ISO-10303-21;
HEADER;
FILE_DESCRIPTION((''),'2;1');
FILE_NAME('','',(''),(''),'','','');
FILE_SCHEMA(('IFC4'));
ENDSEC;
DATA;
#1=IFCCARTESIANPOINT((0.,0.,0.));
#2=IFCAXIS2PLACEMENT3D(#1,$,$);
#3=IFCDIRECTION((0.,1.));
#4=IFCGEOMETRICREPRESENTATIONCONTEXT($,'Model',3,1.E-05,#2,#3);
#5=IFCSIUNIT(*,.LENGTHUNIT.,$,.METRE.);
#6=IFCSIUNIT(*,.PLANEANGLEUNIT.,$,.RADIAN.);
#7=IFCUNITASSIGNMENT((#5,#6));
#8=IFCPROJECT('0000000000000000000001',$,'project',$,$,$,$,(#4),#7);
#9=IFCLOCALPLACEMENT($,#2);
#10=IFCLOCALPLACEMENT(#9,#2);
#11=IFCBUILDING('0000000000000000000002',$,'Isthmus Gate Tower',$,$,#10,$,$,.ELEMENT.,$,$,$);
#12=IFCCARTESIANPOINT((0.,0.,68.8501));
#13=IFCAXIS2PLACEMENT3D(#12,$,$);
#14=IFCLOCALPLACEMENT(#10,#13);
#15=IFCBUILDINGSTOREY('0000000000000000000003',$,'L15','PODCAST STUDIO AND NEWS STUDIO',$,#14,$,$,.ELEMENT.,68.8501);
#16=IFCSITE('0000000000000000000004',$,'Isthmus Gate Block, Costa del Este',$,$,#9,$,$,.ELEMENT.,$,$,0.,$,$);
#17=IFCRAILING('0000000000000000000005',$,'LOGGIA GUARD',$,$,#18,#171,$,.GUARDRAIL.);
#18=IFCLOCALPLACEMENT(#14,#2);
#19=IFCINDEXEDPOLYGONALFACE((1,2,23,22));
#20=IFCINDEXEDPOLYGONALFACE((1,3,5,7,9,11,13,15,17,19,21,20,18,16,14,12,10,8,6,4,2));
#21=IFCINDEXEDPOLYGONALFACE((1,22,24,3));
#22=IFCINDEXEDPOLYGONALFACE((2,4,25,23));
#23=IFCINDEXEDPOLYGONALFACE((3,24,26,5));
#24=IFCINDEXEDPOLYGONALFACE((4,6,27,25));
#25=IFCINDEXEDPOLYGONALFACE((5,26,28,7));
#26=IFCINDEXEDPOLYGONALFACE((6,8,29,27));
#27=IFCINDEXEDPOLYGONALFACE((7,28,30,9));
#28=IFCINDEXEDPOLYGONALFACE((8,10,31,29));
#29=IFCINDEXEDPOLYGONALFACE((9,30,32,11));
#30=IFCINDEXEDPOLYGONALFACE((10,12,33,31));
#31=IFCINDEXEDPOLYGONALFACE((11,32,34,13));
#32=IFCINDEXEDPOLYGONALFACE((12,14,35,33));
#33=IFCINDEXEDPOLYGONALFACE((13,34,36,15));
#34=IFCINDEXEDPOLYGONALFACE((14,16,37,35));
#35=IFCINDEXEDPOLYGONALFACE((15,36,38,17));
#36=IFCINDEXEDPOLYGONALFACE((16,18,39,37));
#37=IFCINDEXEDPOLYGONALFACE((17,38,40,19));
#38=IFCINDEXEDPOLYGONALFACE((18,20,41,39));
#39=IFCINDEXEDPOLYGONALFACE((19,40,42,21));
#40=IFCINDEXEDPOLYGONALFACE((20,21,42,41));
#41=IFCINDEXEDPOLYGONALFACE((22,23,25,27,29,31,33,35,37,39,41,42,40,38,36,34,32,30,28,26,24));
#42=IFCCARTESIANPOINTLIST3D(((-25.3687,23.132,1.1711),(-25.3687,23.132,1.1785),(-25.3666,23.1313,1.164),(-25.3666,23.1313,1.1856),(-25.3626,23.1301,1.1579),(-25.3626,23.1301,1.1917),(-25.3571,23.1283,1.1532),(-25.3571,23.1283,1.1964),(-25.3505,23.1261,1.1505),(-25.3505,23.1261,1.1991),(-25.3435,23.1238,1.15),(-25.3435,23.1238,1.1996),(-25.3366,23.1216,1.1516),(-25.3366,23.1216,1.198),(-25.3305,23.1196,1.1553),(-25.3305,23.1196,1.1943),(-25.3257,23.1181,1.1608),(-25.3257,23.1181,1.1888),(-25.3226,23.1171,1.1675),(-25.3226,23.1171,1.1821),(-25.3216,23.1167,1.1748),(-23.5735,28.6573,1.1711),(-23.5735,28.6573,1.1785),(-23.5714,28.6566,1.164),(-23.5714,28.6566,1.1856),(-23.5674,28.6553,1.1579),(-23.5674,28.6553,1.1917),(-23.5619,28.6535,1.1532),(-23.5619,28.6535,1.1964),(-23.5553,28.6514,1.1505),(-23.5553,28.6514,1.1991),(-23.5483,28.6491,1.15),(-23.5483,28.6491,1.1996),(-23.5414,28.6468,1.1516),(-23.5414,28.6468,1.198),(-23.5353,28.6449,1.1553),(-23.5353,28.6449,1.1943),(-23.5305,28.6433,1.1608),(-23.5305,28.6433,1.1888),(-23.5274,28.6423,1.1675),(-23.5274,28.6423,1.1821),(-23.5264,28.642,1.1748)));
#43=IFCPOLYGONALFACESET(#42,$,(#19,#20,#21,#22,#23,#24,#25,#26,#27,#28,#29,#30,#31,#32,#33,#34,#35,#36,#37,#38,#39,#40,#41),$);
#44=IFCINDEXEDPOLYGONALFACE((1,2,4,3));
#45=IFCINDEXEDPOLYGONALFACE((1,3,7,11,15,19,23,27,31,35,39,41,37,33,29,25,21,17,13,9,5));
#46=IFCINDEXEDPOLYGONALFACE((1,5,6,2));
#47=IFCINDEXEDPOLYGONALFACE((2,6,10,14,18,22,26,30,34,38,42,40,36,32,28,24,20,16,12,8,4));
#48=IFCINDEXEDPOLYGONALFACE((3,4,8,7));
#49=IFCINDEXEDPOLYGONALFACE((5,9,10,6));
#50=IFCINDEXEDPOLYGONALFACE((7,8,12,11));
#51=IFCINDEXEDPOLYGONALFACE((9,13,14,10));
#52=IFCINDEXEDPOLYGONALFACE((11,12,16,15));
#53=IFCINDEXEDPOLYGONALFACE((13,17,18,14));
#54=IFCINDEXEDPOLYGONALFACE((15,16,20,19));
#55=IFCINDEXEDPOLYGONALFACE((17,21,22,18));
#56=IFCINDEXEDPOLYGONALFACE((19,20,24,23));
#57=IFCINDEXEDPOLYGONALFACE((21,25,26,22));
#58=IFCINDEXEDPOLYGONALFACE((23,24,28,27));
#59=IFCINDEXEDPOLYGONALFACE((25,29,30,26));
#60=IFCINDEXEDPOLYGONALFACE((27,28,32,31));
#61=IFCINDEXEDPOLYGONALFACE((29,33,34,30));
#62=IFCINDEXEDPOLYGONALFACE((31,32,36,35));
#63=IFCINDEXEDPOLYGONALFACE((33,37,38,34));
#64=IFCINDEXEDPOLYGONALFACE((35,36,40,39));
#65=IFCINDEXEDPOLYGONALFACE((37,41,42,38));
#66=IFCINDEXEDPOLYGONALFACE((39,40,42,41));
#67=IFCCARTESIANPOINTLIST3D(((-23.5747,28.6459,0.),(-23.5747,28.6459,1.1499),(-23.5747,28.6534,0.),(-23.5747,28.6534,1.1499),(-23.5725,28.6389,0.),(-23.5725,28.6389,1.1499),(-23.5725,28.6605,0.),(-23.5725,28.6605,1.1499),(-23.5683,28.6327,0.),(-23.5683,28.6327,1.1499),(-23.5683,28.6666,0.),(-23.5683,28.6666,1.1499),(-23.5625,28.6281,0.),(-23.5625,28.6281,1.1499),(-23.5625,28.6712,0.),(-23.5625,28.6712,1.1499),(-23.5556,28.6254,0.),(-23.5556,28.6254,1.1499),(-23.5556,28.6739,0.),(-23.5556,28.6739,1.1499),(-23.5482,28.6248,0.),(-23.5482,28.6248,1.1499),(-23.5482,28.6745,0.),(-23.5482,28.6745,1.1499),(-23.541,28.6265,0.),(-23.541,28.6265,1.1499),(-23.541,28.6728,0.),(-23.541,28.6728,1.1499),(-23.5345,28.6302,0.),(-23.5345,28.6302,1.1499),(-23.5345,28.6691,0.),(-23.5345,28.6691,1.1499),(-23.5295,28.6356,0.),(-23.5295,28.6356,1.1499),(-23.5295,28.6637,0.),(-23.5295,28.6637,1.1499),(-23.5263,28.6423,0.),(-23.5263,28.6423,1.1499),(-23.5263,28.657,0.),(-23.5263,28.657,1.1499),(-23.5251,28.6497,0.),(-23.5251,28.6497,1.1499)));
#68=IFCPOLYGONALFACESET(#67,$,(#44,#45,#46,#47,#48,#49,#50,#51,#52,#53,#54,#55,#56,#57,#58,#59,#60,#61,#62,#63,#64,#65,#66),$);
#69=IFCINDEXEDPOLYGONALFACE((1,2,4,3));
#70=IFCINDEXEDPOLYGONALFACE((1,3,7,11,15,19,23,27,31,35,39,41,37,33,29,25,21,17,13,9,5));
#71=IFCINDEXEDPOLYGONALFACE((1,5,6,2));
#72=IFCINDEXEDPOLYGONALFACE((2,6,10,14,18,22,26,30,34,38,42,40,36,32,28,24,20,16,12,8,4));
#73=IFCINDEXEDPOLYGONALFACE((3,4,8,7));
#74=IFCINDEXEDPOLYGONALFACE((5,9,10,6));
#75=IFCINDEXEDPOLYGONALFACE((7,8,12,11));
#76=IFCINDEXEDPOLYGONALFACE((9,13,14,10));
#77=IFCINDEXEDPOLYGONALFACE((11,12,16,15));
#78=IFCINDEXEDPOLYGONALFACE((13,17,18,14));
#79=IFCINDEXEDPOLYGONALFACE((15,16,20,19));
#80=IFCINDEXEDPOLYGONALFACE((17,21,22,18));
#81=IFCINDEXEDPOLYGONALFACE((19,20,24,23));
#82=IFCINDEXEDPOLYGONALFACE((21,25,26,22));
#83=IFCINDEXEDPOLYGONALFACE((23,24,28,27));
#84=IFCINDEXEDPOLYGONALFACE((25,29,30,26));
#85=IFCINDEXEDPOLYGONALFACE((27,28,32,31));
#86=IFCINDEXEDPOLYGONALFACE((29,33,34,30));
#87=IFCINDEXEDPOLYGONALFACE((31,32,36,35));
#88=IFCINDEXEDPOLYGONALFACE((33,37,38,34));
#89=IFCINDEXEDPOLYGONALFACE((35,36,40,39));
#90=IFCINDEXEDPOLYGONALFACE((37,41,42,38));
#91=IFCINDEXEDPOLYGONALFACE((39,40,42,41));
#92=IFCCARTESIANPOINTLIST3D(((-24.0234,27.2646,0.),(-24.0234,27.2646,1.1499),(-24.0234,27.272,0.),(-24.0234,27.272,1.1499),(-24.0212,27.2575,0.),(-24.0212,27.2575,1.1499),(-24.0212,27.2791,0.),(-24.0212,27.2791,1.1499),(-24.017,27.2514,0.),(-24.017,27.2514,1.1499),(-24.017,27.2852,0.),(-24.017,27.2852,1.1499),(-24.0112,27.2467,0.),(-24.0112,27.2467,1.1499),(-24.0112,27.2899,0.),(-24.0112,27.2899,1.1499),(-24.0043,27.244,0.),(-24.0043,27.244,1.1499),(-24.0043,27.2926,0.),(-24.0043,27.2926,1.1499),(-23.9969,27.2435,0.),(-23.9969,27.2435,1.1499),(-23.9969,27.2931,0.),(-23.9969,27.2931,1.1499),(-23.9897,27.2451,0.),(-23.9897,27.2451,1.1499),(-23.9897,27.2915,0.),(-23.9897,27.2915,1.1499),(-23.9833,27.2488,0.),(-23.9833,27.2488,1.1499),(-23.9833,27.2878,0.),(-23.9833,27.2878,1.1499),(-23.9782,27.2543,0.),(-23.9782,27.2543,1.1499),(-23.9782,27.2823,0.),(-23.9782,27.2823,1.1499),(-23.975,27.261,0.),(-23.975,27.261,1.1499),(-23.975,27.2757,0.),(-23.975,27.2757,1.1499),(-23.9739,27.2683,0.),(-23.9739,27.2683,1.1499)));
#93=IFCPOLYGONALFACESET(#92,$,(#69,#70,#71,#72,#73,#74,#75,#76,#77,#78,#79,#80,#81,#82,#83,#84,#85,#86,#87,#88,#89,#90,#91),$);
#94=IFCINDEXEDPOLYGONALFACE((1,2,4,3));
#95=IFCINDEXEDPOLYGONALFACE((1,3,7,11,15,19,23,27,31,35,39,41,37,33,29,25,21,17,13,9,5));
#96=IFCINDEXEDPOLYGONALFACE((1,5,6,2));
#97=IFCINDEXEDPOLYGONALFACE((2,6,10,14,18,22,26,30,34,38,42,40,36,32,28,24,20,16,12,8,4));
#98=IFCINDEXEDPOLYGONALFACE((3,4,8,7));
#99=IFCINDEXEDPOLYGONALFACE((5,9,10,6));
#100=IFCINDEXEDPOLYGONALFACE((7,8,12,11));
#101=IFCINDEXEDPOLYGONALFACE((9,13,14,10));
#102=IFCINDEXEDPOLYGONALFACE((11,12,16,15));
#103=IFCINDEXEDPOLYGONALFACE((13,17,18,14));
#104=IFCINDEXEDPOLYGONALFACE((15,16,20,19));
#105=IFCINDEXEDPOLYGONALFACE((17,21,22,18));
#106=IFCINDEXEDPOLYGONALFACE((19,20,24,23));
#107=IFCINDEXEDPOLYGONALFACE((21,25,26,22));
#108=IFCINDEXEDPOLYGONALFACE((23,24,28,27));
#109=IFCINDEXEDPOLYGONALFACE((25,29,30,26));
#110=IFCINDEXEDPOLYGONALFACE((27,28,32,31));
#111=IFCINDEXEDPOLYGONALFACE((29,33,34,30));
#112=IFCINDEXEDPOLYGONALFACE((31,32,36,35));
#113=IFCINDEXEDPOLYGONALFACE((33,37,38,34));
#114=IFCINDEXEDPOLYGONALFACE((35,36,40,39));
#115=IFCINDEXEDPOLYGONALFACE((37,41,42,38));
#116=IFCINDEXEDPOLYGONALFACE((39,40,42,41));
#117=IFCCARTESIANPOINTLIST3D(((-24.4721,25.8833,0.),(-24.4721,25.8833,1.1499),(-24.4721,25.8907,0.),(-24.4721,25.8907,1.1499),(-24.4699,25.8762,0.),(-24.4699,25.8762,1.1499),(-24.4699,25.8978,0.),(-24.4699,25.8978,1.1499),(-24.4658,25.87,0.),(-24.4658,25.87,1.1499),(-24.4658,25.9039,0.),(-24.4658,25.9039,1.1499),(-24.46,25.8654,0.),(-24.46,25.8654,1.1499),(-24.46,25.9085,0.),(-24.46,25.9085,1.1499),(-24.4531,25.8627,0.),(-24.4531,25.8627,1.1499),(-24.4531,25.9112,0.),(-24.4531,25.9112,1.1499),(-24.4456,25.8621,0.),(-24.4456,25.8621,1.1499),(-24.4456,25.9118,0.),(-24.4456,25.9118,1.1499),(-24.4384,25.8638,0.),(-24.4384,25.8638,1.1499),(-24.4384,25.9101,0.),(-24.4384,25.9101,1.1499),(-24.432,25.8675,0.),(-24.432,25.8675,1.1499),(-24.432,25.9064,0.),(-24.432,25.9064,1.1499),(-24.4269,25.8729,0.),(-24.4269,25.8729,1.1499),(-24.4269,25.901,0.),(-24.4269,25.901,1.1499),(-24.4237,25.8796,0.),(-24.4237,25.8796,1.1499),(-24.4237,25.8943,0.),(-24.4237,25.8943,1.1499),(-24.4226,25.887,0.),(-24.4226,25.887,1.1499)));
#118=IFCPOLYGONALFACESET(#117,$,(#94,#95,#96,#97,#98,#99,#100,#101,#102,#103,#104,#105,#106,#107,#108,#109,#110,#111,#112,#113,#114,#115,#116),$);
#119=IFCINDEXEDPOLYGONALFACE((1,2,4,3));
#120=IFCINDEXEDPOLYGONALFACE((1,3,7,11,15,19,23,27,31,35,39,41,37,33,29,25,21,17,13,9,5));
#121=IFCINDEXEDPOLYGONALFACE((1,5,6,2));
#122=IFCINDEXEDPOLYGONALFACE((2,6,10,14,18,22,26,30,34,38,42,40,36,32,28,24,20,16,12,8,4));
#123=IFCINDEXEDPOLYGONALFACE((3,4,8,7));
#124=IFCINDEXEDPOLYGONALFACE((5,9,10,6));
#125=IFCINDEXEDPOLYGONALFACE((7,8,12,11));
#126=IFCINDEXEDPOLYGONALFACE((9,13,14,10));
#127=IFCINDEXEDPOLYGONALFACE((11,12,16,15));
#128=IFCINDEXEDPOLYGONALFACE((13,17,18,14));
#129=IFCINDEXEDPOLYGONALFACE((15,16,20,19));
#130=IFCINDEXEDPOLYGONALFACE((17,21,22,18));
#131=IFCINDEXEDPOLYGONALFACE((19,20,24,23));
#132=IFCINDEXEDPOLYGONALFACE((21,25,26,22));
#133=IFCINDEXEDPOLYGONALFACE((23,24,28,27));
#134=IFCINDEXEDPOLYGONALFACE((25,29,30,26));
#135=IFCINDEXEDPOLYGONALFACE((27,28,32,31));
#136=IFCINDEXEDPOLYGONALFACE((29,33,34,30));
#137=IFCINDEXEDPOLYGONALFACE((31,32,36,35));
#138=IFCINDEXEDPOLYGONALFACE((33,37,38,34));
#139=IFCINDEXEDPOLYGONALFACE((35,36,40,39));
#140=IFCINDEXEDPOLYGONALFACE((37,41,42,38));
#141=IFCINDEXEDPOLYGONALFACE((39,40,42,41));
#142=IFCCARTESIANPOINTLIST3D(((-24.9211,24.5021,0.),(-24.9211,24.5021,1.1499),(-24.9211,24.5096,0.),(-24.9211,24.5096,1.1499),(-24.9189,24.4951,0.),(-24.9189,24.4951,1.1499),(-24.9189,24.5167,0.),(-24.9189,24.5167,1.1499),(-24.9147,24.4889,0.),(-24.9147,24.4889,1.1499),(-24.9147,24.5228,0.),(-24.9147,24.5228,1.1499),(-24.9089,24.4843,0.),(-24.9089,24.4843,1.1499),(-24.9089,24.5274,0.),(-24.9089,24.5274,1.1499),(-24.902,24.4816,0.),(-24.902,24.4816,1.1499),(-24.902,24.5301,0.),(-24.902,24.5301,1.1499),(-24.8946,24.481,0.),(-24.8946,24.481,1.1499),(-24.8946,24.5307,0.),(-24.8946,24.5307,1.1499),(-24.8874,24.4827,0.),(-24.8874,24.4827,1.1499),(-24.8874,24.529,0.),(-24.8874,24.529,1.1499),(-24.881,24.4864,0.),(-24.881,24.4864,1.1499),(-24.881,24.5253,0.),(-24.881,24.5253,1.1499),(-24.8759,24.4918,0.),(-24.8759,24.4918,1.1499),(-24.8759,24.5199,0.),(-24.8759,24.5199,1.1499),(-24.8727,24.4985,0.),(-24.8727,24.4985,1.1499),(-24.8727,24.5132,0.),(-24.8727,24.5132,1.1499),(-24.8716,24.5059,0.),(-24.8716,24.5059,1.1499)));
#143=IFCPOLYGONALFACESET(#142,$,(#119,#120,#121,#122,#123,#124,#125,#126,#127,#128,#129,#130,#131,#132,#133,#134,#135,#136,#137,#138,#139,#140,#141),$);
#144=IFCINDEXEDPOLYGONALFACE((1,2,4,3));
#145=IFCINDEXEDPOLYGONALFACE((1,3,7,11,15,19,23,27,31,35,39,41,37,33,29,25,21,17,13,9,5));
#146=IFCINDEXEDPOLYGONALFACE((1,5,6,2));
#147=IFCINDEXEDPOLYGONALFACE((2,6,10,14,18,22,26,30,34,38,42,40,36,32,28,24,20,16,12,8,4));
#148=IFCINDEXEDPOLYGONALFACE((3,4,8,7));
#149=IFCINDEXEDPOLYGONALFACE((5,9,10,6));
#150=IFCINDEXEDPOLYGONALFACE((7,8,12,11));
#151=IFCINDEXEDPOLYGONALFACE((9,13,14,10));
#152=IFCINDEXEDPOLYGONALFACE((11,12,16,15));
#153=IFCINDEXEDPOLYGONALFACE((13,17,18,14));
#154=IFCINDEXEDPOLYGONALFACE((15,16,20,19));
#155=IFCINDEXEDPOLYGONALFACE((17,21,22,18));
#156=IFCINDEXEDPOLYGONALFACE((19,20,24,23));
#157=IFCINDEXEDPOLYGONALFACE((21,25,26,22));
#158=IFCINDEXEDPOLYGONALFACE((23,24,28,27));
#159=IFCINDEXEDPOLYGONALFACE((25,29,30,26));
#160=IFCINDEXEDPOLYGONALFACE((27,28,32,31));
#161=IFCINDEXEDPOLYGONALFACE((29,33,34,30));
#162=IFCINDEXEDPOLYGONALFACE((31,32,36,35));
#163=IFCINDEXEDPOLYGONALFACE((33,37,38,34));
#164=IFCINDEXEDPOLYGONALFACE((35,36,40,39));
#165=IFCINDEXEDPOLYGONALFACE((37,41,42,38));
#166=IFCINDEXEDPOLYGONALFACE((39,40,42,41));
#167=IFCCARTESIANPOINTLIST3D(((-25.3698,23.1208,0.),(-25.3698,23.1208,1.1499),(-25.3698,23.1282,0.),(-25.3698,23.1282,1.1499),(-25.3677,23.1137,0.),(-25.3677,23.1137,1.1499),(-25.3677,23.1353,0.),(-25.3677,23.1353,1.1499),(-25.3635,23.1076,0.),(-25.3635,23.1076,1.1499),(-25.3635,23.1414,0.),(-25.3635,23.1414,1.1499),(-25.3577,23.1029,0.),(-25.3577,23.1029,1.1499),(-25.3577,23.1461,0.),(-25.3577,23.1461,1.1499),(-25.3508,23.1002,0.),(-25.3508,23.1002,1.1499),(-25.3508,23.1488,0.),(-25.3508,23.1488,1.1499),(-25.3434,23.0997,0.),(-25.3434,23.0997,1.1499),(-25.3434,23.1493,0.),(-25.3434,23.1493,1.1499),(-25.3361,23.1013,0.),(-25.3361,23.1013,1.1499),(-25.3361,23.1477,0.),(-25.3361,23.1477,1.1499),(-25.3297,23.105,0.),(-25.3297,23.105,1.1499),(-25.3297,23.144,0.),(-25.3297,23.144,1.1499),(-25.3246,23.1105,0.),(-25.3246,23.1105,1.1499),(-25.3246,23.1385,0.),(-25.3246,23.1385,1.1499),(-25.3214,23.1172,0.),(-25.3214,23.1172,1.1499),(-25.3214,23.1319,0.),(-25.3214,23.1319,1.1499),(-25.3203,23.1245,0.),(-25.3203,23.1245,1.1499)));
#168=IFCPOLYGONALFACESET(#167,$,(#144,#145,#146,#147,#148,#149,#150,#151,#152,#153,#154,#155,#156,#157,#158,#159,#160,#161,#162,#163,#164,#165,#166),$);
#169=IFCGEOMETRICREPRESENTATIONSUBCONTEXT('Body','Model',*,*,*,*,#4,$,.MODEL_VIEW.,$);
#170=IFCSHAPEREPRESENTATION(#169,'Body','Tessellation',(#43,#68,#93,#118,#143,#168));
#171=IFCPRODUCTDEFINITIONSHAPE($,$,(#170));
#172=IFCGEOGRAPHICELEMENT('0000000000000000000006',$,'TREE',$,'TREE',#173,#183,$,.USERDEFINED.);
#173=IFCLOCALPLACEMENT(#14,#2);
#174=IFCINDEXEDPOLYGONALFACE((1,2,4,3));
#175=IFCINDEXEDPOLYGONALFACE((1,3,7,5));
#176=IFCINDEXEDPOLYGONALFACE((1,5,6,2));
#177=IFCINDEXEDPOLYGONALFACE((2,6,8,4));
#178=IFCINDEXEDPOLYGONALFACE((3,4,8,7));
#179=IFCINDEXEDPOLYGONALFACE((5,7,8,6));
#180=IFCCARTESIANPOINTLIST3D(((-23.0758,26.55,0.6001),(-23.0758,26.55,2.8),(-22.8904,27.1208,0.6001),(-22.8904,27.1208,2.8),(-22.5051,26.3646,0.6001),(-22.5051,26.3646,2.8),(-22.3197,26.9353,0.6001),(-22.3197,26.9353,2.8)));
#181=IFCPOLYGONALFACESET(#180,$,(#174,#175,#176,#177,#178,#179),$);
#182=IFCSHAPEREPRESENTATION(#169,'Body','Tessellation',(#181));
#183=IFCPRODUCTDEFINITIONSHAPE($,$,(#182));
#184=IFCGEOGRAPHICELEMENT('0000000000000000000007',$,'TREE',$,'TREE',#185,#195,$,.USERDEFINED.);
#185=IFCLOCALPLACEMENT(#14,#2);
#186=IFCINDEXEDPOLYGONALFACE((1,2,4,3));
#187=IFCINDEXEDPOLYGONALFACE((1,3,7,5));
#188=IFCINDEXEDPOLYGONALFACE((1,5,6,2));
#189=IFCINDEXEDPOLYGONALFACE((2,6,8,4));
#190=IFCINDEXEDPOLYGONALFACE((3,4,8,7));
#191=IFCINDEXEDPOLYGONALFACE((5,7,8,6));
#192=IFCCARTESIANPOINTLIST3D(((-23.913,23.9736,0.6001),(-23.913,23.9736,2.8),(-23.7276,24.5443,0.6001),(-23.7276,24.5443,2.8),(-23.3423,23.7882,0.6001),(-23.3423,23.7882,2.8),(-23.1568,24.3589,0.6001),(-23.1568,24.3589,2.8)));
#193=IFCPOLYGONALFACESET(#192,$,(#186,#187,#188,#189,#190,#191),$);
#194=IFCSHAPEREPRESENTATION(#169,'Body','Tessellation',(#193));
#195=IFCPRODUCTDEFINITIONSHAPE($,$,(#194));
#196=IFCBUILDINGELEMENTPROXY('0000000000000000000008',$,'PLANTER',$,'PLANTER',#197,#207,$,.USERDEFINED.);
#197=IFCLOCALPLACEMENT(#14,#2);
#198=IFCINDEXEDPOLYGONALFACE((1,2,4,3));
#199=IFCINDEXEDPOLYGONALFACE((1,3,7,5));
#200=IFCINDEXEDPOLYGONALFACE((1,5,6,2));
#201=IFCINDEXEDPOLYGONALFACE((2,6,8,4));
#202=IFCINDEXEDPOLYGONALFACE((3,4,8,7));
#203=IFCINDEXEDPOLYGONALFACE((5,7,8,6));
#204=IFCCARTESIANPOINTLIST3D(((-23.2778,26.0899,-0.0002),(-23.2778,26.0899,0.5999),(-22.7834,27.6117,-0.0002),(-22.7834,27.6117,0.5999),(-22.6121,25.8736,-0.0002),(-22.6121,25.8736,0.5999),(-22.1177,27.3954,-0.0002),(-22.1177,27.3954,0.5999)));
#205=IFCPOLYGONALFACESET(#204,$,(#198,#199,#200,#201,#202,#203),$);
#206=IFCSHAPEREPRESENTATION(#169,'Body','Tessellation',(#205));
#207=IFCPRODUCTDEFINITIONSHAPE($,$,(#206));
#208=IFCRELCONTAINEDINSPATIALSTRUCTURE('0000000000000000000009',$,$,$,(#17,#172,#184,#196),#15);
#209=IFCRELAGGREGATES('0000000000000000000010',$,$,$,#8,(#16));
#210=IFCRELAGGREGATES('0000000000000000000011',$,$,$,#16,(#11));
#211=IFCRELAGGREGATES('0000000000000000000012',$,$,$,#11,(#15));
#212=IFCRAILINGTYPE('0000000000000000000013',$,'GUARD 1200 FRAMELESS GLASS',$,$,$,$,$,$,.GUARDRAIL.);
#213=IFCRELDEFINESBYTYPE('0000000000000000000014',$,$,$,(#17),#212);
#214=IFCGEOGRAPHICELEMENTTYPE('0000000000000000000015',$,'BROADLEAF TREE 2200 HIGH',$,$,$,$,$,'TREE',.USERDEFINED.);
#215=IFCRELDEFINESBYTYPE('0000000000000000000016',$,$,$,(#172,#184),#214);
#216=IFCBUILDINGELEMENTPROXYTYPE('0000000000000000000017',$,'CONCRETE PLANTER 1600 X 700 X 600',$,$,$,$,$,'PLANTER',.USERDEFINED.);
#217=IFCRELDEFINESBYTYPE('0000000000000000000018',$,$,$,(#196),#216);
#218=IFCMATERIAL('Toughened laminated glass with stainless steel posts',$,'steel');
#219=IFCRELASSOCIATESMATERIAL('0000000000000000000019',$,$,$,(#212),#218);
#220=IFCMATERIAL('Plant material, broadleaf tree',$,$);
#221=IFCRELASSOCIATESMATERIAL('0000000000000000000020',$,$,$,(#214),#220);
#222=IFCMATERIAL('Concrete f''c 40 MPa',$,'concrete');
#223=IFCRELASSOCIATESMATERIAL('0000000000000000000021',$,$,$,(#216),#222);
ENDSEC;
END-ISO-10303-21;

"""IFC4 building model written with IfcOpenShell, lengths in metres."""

from ifc_helpers import new_model, si_unit, direction, frame, origin, origin_2d, place, context, subcontext, project, spatial, rectangle, circle, extrude, material, type_object, element, save


model = new_model("IFC4")

# Units and contexts
model_context = context("Model", 3, precision=1e-05, world=origin(), true_north=direction((0.0, 1.0)))
body_context = subcontext(model_context, "Body", "Model", "MODEL_VIEW")
ifc_project = project(units=[si_unit("LENGTHUNIT", "METRE"), si_unit("PLANEANGLEUNIT", "RADIAN")], contexts=[model_context])

# Site, building, storey
site_placement = place(None, origin())
site = spatial("IfcSite", under=ifc_project, at=site_placement, Name="Isthmus Gate Block, Costa del Este", CompositionType="ELEMENT", RefElevation=0.0)
building_placement = place(site_placement, origin())
building = spatial("IfcBuilding", under=site, at=building_placement, Name="Isthmus Gate Tower", CompositionType="ELEMENT")
storey_placement = place(building_placement, frame((0.0, 0.0, 68.8501)))
storey = spatial("IfcBuildingStorey", under=building, at=storey_placement, Name="L15", Description="PODCAST STUDIO AND NEWS STUDIO", CompositionType="ELEMENT", Elevation=68.8501)

# Railing
ifc_material_1 = material(Name="Toughened laminated glass with stainless steel posts", Category="steel")
railing_type = type_object("IfcRailingType", Name="GUARD 1200 FRAMELESS GLASS", PredefinedType="GUARDRAIL", material=ifc_material_1)
railing_placement = place(storey_placement, frame((-23.55, 28.6497, 0.0)))
element("IfcRailing", 1, at=railing_placement, inside=storey, type_object=railing_type, Name="LOGGIA GUARD", PredefinedType="GUARDRAIL", context=body_context, shape_type="SweptSolid", body=[
    extrude(circle(Radius=0.0249, at=origin_2d()), frame((0.0, 0.0, 1.1748), z_axis=(-0.309007, -0.95106, 0.0), x_axis=(0.95106, -0.309007, 0.0)), (0.0, 0.0, 1.0), 5.8096),
    extrude(circle(Radius=0.0249, at=origin_2d()), origin(), (0.0, 0.0, 1.0), 1.1499),
    extrude(circle(Radius=0.0249, at=origin_2d()), frame((-0.4487, -1.3813, 0.0)), (0.0, 0.0, 1.0), 1.1499),
    extrude(circle(Radius=0.0249, at=origin_2d()), frame((-0.8975, -2.7627, 0.0)), (0.0, 0.0, 1.0), 1.1499),
    extrude(circle(Radius=0.0249, at=origin_2d()), frame((-1.3464, -4.1438, 0.0)), (0.0, 0.0, 1.0), 1.1499),
    extrude(circle(Radius=0.0249, at=origin_2d()), frame((-1.7952, -5.5251, 0.0)), (0.0, 0.0, 1.0), 1.1499),
])

# Geographic elements
ifc_material_2 = material(Name="Plant material, broadleaf tree")
geographic_element_type = type_object("IfcGeographicElementType", Name="BROADLEAF TREE 2200 HIGH", ElementType="TREE", PredefinedType="USERDEFINED", material=ifc_material_2)
for number, where, z_axis, x_axis, name in (
    (2, (-22.6978, 26.7427, 0.6001), (0.0, 0.0, 1.0), (-0.309017, -0.951057, 0.0), "TREE"),
    (3, (-23.5349, 24.1663, 0.6001), (0.0, 0.0, 1.0), (-0.309017, -0.951057, 0.0), "TREE"),
):
    element("IfcGeographicElement", number, at=place(storey_placement, frame(where, z_axis=z_axis, x_axis=x_axis)), inside=storey, type_object=geographic_element_type, Name=name, ObjectType="TREE", PredefinedType="USERDEFINED", context=body_context, shape_type="SweptSolid", body=[
        extrude(rectangle(XDim=0.6001, YDim=0.6001, at=origin_2d()), origin(), (0.0, 0.0, 1.0), 2.2),
    ])

# Building element proxy
ifc_material_3 = material(Name="Concrete f'c 40 MPa", Category="concrete")
building_element_proxy_type = type_object("IfcBuildingElementProxyType", Name="CONCRETE PLANTER 1600 X 700 X 600", ElementType="PLANTER", PredefinedType="USERDEFINED", material=ifc_material_3)
for number, where, z_axis, x_axis, name in (
    (4, (-22.6978, 26.7427, -0.0002), (0.0, 0.0, 1.0), (-0.309017, -0.951057, 0.0), "PLANTER"),
):
    element("IfcBuildingElementProxy", number, at=place(storey_placement, frame(where, z_axis=z_axis, x_axis=x_axis)), inside=storey, type_object=building_element_proxy_type, Name=name, ObjectType="PLANTER", PredefinedType="USERDEFINED", context=body_context, shape_type="SweptSolid", body=[
        extrude(rectangle(XDim=1.6001, YDim=0.7, at=origin_2d()), origin(), (0.0, 0.0, 1.0), 0.6001),
    ])

save(model, "model.ifc")
